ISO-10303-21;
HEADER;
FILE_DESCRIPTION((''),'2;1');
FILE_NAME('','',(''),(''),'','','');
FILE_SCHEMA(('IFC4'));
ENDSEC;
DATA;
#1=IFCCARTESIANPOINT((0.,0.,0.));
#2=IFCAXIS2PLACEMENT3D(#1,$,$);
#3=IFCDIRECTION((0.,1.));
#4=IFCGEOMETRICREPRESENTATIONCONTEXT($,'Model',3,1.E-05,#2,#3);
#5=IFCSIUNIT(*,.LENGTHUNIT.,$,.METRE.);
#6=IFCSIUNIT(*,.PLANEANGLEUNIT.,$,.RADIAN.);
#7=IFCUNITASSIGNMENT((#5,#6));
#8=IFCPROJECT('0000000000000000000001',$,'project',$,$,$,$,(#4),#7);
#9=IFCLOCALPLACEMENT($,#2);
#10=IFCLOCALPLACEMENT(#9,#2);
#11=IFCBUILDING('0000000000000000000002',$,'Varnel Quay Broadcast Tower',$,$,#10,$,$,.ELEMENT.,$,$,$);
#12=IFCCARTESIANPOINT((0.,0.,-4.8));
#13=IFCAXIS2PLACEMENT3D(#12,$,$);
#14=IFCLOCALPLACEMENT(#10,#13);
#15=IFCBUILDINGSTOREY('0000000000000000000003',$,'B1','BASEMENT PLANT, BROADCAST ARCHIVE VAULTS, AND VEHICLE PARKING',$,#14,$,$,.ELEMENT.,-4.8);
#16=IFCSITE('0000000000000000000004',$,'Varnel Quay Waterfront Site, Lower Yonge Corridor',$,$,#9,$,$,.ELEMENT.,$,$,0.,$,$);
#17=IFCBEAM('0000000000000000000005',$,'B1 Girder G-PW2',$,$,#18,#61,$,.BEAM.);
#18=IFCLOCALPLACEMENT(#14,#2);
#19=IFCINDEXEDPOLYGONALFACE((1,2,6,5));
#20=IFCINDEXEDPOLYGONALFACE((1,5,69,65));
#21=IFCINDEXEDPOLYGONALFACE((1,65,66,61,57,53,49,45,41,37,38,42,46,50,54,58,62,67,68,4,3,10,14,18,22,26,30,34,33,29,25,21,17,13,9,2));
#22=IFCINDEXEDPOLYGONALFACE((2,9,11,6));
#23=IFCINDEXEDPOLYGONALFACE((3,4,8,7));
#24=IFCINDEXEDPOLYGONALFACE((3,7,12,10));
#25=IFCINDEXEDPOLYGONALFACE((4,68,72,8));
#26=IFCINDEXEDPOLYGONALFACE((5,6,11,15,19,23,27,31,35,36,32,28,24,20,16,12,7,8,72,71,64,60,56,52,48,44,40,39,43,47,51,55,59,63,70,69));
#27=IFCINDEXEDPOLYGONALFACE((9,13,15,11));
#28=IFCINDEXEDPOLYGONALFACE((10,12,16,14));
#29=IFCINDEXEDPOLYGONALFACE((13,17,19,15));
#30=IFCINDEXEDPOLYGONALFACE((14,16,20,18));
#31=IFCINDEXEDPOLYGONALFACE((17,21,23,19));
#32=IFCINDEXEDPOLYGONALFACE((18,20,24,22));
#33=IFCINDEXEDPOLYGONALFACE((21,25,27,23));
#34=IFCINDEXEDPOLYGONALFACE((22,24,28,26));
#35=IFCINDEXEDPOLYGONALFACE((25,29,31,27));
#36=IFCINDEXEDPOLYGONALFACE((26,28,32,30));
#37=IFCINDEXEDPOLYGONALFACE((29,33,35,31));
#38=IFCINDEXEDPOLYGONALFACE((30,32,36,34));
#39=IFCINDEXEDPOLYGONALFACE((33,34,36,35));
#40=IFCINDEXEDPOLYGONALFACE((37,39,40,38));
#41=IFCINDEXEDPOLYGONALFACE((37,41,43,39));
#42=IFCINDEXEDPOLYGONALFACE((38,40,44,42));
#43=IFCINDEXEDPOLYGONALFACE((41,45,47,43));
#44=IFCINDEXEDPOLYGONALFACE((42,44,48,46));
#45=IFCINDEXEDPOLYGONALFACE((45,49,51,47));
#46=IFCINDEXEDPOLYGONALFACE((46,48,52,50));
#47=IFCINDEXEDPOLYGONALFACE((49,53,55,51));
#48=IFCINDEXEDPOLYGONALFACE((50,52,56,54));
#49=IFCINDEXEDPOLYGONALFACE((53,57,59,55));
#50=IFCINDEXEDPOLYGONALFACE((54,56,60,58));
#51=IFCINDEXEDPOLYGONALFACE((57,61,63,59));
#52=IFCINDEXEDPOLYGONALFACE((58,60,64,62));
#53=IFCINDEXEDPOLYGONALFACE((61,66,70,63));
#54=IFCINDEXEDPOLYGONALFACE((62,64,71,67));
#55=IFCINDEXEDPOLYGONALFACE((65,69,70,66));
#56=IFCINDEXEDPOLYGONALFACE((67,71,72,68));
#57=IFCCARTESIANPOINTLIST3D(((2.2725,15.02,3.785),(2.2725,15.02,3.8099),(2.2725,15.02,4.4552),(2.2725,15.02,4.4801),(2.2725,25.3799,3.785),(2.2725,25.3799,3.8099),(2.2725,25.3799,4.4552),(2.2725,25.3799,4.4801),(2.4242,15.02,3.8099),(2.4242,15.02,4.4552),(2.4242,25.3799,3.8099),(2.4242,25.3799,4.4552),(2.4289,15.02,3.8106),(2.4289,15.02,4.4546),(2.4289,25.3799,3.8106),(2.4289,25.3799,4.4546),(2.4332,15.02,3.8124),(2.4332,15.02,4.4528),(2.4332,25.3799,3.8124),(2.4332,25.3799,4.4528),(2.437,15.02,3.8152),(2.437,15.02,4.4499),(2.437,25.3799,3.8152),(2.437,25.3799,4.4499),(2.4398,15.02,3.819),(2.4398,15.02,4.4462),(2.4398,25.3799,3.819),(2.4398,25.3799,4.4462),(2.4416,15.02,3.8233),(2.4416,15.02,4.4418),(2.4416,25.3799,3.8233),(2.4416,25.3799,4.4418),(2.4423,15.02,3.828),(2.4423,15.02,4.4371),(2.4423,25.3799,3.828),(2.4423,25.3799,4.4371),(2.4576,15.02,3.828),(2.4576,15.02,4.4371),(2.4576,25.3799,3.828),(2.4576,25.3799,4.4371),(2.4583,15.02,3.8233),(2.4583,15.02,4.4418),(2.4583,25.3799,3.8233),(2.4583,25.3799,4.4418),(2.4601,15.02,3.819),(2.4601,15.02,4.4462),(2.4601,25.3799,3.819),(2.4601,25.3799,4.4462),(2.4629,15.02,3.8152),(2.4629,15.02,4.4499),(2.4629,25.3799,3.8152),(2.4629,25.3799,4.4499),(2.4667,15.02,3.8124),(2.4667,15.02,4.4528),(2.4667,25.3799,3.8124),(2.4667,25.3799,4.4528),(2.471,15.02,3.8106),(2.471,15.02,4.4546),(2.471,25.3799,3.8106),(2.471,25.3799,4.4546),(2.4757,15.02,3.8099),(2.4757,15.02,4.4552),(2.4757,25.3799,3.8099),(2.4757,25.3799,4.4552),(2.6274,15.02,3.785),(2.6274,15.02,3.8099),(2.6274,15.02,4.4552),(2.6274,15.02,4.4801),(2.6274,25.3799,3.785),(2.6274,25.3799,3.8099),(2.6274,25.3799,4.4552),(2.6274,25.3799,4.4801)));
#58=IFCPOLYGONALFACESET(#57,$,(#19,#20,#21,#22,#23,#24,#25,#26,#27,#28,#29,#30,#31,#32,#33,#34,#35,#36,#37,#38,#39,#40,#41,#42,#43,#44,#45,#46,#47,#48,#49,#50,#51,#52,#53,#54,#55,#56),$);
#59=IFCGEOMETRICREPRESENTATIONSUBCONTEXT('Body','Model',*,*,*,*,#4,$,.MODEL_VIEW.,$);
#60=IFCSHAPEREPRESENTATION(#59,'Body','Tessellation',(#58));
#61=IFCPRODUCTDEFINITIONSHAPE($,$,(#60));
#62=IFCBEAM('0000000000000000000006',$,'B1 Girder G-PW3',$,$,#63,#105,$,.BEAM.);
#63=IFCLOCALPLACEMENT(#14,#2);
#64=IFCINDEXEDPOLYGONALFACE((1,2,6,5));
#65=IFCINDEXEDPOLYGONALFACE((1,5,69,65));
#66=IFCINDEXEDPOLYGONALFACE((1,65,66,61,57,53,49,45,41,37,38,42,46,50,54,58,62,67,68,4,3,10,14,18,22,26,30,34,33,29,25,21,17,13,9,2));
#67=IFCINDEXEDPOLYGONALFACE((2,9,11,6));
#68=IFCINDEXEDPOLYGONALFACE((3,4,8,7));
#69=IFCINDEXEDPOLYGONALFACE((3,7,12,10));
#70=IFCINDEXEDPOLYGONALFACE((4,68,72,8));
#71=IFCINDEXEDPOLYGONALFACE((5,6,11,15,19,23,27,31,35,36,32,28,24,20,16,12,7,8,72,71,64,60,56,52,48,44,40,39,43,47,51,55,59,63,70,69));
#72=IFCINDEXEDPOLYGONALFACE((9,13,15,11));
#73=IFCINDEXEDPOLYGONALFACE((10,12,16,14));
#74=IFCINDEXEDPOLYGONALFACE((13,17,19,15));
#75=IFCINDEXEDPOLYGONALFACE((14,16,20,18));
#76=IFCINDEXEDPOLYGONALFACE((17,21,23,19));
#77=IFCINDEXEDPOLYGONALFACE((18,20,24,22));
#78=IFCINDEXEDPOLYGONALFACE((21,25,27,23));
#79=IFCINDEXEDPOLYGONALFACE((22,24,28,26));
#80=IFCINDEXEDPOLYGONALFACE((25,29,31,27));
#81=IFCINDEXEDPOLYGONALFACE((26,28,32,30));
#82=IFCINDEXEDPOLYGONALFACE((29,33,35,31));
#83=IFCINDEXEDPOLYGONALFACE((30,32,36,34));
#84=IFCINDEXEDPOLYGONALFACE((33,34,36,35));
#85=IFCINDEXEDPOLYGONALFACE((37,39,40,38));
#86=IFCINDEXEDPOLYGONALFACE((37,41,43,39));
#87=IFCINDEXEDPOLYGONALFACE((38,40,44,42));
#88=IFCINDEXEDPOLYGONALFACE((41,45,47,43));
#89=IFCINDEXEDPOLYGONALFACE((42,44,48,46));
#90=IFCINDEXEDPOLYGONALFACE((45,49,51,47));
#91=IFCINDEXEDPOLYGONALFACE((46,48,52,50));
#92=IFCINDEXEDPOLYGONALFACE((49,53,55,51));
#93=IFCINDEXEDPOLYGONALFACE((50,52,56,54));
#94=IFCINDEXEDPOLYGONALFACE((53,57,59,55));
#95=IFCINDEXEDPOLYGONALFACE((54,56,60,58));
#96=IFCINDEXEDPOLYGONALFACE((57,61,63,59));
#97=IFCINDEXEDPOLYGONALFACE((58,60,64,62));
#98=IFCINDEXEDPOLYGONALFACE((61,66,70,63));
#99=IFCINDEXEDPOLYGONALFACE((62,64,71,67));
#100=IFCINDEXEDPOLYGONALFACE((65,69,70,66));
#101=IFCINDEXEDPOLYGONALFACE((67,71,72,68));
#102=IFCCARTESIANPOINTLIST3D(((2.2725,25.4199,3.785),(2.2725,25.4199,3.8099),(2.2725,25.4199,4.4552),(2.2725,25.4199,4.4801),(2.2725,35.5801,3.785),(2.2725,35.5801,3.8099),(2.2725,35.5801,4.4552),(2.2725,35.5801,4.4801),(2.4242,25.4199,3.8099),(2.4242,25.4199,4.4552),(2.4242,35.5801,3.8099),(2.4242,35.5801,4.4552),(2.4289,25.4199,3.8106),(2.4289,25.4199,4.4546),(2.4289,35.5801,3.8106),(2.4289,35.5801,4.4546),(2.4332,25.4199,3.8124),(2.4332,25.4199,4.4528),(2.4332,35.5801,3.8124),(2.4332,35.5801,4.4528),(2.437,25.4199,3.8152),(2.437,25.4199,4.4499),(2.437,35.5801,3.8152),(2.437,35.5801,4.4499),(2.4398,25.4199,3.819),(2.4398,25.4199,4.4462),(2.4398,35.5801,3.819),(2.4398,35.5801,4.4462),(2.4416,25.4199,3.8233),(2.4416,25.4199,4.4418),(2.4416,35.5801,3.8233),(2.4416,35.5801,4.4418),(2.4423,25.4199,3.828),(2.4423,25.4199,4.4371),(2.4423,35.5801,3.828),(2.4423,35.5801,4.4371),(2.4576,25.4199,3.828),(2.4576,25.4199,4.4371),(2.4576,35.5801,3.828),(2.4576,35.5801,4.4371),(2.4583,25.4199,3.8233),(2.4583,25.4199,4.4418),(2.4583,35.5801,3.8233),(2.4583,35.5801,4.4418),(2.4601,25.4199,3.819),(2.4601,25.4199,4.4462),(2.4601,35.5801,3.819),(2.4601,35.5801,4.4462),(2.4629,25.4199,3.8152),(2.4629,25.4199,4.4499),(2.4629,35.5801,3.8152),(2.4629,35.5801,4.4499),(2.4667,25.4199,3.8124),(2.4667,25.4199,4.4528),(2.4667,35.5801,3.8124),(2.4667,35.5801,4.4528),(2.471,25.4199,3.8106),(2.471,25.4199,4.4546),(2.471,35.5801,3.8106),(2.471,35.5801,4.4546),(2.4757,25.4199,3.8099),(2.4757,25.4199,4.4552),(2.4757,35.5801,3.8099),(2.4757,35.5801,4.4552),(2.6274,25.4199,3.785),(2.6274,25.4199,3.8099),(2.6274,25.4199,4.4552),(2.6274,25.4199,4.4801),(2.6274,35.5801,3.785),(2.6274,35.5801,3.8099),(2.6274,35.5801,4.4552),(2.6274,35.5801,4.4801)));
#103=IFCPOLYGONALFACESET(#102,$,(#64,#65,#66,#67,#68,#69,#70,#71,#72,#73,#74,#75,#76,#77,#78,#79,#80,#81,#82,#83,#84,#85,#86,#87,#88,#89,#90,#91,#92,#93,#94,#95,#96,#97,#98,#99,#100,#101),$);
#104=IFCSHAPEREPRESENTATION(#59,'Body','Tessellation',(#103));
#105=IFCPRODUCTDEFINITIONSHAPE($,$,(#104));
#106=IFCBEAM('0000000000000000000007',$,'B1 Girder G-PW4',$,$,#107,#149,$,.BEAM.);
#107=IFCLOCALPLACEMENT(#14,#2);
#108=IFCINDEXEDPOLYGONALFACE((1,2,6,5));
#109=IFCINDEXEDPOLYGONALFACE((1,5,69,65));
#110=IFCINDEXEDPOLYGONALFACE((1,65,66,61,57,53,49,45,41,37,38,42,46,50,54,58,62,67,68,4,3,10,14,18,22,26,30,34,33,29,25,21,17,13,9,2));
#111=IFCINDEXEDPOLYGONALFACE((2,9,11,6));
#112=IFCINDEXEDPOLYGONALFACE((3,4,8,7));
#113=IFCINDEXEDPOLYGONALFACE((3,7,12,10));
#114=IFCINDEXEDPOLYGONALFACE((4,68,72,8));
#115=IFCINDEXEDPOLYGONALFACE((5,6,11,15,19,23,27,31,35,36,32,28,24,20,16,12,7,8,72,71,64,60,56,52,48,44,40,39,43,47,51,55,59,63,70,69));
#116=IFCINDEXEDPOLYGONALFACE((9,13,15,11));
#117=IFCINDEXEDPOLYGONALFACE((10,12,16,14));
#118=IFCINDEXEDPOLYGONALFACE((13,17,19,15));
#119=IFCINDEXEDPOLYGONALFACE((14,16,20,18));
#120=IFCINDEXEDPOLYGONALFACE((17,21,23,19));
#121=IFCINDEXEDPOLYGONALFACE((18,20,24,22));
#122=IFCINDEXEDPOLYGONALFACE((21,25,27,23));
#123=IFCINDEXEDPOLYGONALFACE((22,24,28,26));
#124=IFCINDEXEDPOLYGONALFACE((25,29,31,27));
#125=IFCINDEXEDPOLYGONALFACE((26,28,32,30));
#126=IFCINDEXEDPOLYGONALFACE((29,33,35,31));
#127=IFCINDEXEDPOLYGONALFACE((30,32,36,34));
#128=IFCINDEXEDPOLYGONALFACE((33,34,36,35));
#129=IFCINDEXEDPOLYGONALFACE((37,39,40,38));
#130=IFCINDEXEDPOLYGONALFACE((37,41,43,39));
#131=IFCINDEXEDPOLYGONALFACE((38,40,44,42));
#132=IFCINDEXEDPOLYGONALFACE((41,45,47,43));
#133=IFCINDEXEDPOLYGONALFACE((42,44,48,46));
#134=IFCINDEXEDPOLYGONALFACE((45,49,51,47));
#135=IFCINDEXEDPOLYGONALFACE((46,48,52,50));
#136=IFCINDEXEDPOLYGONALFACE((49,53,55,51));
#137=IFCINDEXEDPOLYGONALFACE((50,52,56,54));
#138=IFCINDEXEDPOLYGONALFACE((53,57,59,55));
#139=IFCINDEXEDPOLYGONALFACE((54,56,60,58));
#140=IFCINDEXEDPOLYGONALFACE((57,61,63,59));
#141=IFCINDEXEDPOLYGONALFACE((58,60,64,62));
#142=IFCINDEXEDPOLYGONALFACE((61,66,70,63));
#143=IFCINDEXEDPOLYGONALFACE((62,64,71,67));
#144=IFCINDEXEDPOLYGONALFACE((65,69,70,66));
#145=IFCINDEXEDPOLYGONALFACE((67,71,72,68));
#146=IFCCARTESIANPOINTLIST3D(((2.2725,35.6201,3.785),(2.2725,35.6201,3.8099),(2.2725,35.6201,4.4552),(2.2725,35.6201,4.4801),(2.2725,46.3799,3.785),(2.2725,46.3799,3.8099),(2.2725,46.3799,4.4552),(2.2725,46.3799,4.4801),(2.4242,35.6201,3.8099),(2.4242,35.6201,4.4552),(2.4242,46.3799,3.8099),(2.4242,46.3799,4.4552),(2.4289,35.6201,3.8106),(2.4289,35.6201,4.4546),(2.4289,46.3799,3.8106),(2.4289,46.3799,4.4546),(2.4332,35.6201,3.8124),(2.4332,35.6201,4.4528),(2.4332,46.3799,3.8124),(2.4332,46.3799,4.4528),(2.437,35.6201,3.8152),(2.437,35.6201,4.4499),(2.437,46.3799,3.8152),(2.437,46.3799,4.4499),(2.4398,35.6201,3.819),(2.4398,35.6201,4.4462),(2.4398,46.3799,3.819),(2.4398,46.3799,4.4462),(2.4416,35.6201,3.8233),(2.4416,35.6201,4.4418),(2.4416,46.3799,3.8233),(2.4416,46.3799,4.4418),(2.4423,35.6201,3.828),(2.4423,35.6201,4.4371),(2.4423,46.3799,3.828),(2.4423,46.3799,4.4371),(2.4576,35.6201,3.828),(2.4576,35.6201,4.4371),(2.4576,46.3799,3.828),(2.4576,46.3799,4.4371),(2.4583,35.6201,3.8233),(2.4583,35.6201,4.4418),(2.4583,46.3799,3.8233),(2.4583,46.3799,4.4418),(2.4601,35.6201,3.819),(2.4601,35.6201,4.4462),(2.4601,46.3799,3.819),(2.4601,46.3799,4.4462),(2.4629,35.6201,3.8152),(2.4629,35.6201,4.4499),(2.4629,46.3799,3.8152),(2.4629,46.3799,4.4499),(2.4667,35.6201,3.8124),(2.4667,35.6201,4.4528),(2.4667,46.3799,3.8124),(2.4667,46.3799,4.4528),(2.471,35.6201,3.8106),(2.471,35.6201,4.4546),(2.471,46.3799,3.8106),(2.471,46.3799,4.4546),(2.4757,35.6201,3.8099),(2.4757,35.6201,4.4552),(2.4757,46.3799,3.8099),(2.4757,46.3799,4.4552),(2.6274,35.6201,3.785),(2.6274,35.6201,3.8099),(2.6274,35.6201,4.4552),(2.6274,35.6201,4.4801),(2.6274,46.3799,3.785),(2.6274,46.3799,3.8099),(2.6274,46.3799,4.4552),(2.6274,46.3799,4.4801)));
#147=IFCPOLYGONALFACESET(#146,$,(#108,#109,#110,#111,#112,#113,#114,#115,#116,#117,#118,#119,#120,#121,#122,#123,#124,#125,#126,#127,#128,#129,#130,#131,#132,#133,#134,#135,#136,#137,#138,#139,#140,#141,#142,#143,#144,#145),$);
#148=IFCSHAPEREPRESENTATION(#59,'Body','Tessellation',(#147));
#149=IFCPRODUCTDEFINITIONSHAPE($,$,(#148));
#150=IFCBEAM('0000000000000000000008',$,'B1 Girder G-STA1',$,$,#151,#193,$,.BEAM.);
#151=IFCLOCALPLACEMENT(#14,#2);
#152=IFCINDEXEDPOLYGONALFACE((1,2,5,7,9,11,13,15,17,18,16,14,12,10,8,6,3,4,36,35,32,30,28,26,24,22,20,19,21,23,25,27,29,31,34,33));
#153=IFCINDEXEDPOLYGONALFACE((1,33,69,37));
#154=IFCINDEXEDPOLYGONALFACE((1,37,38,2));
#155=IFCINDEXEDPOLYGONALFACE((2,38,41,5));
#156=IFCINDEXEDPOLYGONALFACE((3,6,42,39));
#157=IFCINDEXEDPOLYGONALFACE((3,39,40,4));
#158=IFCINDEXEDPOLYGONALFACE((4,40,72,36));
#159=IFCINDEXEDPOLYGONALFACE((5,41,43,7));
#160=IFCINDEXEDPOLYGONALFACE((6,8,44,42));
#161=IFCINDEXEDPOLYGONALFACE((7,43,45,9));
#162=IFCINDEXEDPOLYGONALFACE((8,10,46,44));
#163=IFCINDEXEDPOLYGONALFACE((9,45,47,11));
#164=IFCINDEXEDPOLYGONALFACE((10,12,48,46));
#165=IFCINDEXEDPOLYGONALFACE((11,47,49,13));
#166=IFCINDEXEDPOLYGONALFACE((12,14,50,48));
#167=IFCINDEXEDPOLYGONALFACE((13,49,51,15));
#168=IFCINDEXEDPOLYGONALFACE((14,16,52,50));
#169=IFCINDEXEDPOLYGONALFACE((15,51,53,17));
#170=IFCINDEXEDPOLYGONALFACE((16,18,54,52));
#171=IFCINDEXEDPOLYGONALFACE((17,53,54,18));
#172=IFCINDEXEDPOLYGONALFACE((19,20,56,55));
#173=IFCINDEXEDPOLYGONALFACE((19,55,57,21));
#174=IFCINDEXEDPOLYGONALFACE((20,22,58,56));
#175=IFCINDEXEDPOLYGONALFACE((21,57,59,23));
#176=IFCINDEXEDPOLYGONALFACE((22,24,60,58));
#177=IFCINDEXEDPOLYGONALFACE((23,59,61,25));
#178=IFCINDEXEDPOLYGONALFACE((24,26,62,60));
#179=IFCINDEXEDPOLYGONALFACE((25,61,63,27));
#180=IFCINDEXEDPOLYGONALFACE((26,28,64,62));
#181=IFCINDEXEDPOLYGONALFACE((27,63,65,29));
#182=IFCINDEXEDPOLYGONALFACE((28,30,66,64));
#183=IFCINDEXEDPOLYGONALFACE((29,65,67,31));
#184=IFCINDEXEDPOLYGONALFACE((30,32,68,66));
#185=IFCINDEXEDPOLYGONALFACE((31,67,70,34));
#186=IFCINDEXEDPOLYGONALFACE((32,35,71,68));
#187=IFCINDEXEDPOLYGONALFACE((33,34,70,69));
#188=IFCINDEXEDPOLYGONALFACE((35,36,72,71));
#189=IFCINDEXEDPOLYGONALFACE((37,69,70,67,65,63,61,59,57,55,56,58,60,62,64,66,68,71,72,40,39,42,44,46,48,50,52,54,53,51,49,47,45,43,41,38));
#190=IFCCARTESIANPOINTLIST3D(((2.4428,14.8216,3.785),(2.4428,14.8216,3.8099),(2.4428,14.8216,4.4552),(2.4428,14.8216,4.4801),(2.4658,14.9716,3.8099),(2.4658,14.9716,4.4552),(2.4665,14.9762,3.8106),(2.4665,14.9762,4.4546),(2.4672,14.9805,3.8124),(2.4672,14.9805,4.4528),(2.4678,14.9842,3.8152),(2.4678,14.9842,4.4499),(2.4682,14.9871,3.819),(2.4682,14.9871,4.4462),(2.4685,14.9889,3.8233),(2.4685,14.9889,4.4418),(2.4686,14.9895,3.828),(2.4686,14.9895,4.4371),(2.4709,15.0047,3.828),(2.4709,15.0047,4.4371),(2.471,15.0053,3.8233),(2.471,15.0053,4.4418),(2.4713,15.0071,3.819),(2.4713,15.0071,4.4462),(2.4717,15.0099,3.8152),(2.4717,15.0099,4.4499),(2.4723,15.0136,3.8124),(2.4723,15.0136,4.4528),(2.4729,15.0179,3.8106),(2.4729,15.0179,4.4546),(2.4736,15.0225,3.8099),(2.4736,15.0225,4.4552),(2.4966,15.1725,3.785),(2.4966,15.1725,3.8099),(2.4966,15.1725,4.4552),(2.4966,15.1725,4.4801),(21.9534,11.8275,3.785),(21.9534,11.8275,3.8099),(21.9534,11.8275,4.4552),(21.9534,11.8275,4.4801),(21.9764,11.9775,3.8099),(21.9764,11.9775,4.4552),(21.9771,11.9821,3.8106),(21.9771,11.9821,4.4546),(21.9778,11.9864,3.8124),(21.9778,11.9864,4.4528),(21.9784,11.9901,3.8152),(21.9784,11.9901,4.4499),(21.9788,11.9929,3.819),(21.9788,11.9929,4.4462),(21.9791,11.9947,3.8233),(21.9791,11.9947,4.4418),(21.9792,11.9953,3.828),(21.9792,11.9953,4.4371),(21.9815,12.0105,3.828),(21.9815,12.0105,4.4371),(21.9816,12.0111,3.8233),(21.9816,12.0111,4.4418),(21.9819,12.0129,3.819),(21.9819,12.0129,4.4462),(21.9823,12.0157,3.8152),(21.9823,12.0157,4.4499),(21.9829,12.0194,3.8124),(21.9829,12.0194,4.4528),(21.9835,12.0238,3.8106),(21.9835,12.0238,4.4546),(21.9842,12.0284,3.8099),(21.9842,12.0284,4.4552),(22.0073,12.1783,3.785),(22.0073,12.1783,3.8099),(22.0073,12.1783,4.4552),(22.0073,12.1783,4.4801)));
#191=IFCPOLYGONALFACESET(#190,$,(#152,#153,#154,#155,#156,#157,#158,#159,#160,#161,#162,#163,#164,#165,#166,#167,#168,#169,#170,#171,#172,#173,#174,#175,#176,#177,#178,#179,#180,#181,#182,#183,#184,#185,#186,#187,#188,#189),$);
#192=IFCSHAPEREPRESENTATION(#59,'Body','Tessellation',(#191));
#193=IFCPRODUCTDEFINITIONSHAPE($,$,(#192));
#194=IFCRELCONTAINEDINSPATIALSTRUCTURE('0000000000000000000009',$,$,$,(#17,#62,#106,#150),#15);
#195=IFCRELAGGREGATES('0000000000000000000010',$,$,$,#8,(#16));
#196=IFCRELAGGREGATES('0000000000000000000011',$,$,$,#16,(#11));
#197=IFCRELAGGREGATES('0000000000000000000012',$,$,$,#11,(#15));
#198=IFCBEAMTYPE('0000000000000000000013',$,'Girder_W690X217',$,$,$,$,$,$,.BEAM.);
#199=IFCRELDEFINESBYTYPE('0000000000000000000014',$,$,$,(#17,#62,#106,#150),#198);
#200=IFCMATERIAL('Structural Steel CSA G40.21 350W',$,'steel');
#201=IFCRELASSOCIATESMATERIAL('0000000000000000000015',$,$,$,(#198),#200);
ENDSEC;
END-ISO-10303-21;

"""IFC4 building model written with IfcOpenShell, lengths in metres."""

from ifc_helpers import new_model, si_unit, direction, frame, origin, origin_2d, place, context, subcontext, project, spatial, i_section, extrude, source, transform, mapped, material, material_profile, profile_set, type_object, element, save


model = new_model("IFC4")

# Units and contexts
model_context = context("Model", 3, precision=1e-05, world=origin(), true_north=direction((0.0, 1.0)))
body_context = subcontext(model_context, "Body", "Model", "MODEL_VIEW")
ifc_project = project(units=[si_unit("LENGTHUNIT", "METRE"), si_unit("PLANEANGLEUNIT", "RADIAN")], contexts=[model_context])

# Site, building, storey
site_placement = place(None, origin())
site = spatial("IfcSite", under=ifc_project, at=site_placement, Name="Varnel Quay Waterfront Site, Lower Yonge Corridor", CompositionType="ELEMENT", RefElevation=0.0)
building_placement = place(site_placement, origin())
building = spatial("IfcBuilding", under=site, at=building_placement, Name="Varnel Quay Broadcast Tower", CompositionType="ELEMENT")
storey_placement = place(building_placement, frame((0.0, 0.0, -4.8)))
storey = spatial("IfcBuildingStorey", under=building, at=storey_placement, Name="B1", Description="BASEMENT PLANT, BROADCAST ARCHIVE VAULTS, AND VEHICLE PARKING", CompositionType="ELEMENT", Elevation=-4.8)

# Beams
ifc_material_1 = material(Name="Structural Steel CSA G40.21 350W", Category="steel")
ifc_material_profile_1 = material_profile(ifc_material_1, i_section(OverallWidth=0.355, OverallDepth=0.6951, WebThickness=0.0154, FlangeThickness=0.0249, FilletRadius=0.0181, at=origin_2d()), Name="W690X217")
ifc_profile_set_1 = profile_set([ifc_material_profile_1], Name="Structural Steel CSA G40.21 350W")
beam_type = type_object("IfcBeamType", Name="Girder_W690X217", PredefinedType="BEAM", material=ifc_profile_set_1)
shared_shape_1 = source(origin(), body_context, "Body", "SweptSolid", [
    extrude(i_section(OverallWidth=0.355, OverallDepth=0.6951, WebThickness=0.0154, FlangeThickness=0.0249, FilletRadius=0.0181, at=origin_2d()), origin(), (0.0, 0.0, 1.0), 10.3599),
])
beam_1_placement = place(storey_placement, frame((2.45, 15.02, 4.1326), z_axis=(0.0, 1.0, 0.0), x_axis=(-1.0, 0.0, 0.0)))
element("IfcBeam", 1, at=beam_1_placement, inside=storey, type_object=beam_type, Name="B1 Girder G-PW2", PredefinedType="BEAM", context=body_context, shape_type="MappedRepresentation", body=[
    mapped(shared_shape_1, transform((0.0, 0.0, 0.0), x_axis=(1.0, 0.0, 0.0), y_axis=(0.0, 1.0, 0.0), z_axis=(0.0, 0.0, 1.0), scale=1.0)),
])
shared_shape_2 = source(origin(), body_context, "Body", "SweptSolid", [
    extrude(i_section(OverallWidth=0.355, OverallDepth=0.6951, WebThickness=0.0154, FlangeThickness=0.0249, FilletRadius=0.0181, at=origin_2d()), origin(), (0.0, 0.0, 1.0), 10.1602),
])
beam_2_placement = place(storey_placement, frame((2.45, 25.4199, 4.1326), z_axis=(0.0, 1.0, 0.0), x_axis=(-1.0, 0.0, 0.0)))
element("IfcBeam", 2, at=beam_2_placement, inside=storey, type_object=beam_type, Name="B1 Girder G-PW3", PredefinedType="BEAM", context=body_context, shape_type="MappedRepresentation", body=[
    mapped(shared_shape_2, transform((0.0, 0.0, 0.0), x_axis=(1.0, 0.0, 0.0), y_axis=(0.0, 1.0, 0.0), z_axis=(0.0, 0.0, 1.0), scale=1.0)),
])
shared_shape_3 = source(origin(), body_context, "Body", "SweptSolid", [
    extrude(i_section(OverallWidth=0.355, OverallDepth=0.6951, WebThickness=0.0154, FlangeThickness=0.0249, FilletRadius=0.0181, at=origin_2d()), origin(), (0.0, 0.0, 1.0), 10.7598),
])
beam_3_placement = place(storey_placement, frame((2.45, 35.6201, 4.1326), z_axis=(0.0, 1.0, 0.0), x_axis=(-1.0, 0.0, 0.0)))
element("IfcBeam", 3, at=beam_3_placement, inside=storey, type_object=beam_type, Name="B1 Girder G-PW4", PredefinedType="BEAM", context=body_context, shape_type="MappedRepresentation", body=[
    mapped(shared_shape_3, transform((0.0, 0.0, 0.0), x_axis=(1.0, 0.0, 0.0), y_axis=(0.0, 1.0, 0.0), z_axis=(0.0, 0.0, 1.0), scale=1.0)),
])
shared_shape_4 = source(origin(), body_context, "Body", "SweptSolid", [
    extrude(i_section(OverallWidth=0.355, OverallDepth=0.6951, WebThickness=0.0154, FlangeThickness=0.0249, FilletRadius=0.0181, at=origin_2d()), origin(), (0.0, 0.0, 1.0), 19.739),
])
beam_4_placement = place(storey_placement, frame((2.4697, 14.9971, 4.1326), z_axis=(0.988429, -0.151687, 0.0), x_axis=(0.151687, 0.988429, 0.0)))
element("IfcBeam", 4, at=beam_4_placement, inside=storey, type_object=beam_type, Name="B1 Girder G-STA1", PredefinedType="BEAM", context=body_context, shape_type="MappedRepresentation", body=[
    mapped(shared_shape_4, transform((0.0, 0.0, 0.0), x_axis=(1.0, 0.0, 0.0), y_axis=(0.0, 1.0, 0.0), z_axis=(0.0, 0.0, 1.0), scale=1.0)),
])

save(model, "model.ifc")
